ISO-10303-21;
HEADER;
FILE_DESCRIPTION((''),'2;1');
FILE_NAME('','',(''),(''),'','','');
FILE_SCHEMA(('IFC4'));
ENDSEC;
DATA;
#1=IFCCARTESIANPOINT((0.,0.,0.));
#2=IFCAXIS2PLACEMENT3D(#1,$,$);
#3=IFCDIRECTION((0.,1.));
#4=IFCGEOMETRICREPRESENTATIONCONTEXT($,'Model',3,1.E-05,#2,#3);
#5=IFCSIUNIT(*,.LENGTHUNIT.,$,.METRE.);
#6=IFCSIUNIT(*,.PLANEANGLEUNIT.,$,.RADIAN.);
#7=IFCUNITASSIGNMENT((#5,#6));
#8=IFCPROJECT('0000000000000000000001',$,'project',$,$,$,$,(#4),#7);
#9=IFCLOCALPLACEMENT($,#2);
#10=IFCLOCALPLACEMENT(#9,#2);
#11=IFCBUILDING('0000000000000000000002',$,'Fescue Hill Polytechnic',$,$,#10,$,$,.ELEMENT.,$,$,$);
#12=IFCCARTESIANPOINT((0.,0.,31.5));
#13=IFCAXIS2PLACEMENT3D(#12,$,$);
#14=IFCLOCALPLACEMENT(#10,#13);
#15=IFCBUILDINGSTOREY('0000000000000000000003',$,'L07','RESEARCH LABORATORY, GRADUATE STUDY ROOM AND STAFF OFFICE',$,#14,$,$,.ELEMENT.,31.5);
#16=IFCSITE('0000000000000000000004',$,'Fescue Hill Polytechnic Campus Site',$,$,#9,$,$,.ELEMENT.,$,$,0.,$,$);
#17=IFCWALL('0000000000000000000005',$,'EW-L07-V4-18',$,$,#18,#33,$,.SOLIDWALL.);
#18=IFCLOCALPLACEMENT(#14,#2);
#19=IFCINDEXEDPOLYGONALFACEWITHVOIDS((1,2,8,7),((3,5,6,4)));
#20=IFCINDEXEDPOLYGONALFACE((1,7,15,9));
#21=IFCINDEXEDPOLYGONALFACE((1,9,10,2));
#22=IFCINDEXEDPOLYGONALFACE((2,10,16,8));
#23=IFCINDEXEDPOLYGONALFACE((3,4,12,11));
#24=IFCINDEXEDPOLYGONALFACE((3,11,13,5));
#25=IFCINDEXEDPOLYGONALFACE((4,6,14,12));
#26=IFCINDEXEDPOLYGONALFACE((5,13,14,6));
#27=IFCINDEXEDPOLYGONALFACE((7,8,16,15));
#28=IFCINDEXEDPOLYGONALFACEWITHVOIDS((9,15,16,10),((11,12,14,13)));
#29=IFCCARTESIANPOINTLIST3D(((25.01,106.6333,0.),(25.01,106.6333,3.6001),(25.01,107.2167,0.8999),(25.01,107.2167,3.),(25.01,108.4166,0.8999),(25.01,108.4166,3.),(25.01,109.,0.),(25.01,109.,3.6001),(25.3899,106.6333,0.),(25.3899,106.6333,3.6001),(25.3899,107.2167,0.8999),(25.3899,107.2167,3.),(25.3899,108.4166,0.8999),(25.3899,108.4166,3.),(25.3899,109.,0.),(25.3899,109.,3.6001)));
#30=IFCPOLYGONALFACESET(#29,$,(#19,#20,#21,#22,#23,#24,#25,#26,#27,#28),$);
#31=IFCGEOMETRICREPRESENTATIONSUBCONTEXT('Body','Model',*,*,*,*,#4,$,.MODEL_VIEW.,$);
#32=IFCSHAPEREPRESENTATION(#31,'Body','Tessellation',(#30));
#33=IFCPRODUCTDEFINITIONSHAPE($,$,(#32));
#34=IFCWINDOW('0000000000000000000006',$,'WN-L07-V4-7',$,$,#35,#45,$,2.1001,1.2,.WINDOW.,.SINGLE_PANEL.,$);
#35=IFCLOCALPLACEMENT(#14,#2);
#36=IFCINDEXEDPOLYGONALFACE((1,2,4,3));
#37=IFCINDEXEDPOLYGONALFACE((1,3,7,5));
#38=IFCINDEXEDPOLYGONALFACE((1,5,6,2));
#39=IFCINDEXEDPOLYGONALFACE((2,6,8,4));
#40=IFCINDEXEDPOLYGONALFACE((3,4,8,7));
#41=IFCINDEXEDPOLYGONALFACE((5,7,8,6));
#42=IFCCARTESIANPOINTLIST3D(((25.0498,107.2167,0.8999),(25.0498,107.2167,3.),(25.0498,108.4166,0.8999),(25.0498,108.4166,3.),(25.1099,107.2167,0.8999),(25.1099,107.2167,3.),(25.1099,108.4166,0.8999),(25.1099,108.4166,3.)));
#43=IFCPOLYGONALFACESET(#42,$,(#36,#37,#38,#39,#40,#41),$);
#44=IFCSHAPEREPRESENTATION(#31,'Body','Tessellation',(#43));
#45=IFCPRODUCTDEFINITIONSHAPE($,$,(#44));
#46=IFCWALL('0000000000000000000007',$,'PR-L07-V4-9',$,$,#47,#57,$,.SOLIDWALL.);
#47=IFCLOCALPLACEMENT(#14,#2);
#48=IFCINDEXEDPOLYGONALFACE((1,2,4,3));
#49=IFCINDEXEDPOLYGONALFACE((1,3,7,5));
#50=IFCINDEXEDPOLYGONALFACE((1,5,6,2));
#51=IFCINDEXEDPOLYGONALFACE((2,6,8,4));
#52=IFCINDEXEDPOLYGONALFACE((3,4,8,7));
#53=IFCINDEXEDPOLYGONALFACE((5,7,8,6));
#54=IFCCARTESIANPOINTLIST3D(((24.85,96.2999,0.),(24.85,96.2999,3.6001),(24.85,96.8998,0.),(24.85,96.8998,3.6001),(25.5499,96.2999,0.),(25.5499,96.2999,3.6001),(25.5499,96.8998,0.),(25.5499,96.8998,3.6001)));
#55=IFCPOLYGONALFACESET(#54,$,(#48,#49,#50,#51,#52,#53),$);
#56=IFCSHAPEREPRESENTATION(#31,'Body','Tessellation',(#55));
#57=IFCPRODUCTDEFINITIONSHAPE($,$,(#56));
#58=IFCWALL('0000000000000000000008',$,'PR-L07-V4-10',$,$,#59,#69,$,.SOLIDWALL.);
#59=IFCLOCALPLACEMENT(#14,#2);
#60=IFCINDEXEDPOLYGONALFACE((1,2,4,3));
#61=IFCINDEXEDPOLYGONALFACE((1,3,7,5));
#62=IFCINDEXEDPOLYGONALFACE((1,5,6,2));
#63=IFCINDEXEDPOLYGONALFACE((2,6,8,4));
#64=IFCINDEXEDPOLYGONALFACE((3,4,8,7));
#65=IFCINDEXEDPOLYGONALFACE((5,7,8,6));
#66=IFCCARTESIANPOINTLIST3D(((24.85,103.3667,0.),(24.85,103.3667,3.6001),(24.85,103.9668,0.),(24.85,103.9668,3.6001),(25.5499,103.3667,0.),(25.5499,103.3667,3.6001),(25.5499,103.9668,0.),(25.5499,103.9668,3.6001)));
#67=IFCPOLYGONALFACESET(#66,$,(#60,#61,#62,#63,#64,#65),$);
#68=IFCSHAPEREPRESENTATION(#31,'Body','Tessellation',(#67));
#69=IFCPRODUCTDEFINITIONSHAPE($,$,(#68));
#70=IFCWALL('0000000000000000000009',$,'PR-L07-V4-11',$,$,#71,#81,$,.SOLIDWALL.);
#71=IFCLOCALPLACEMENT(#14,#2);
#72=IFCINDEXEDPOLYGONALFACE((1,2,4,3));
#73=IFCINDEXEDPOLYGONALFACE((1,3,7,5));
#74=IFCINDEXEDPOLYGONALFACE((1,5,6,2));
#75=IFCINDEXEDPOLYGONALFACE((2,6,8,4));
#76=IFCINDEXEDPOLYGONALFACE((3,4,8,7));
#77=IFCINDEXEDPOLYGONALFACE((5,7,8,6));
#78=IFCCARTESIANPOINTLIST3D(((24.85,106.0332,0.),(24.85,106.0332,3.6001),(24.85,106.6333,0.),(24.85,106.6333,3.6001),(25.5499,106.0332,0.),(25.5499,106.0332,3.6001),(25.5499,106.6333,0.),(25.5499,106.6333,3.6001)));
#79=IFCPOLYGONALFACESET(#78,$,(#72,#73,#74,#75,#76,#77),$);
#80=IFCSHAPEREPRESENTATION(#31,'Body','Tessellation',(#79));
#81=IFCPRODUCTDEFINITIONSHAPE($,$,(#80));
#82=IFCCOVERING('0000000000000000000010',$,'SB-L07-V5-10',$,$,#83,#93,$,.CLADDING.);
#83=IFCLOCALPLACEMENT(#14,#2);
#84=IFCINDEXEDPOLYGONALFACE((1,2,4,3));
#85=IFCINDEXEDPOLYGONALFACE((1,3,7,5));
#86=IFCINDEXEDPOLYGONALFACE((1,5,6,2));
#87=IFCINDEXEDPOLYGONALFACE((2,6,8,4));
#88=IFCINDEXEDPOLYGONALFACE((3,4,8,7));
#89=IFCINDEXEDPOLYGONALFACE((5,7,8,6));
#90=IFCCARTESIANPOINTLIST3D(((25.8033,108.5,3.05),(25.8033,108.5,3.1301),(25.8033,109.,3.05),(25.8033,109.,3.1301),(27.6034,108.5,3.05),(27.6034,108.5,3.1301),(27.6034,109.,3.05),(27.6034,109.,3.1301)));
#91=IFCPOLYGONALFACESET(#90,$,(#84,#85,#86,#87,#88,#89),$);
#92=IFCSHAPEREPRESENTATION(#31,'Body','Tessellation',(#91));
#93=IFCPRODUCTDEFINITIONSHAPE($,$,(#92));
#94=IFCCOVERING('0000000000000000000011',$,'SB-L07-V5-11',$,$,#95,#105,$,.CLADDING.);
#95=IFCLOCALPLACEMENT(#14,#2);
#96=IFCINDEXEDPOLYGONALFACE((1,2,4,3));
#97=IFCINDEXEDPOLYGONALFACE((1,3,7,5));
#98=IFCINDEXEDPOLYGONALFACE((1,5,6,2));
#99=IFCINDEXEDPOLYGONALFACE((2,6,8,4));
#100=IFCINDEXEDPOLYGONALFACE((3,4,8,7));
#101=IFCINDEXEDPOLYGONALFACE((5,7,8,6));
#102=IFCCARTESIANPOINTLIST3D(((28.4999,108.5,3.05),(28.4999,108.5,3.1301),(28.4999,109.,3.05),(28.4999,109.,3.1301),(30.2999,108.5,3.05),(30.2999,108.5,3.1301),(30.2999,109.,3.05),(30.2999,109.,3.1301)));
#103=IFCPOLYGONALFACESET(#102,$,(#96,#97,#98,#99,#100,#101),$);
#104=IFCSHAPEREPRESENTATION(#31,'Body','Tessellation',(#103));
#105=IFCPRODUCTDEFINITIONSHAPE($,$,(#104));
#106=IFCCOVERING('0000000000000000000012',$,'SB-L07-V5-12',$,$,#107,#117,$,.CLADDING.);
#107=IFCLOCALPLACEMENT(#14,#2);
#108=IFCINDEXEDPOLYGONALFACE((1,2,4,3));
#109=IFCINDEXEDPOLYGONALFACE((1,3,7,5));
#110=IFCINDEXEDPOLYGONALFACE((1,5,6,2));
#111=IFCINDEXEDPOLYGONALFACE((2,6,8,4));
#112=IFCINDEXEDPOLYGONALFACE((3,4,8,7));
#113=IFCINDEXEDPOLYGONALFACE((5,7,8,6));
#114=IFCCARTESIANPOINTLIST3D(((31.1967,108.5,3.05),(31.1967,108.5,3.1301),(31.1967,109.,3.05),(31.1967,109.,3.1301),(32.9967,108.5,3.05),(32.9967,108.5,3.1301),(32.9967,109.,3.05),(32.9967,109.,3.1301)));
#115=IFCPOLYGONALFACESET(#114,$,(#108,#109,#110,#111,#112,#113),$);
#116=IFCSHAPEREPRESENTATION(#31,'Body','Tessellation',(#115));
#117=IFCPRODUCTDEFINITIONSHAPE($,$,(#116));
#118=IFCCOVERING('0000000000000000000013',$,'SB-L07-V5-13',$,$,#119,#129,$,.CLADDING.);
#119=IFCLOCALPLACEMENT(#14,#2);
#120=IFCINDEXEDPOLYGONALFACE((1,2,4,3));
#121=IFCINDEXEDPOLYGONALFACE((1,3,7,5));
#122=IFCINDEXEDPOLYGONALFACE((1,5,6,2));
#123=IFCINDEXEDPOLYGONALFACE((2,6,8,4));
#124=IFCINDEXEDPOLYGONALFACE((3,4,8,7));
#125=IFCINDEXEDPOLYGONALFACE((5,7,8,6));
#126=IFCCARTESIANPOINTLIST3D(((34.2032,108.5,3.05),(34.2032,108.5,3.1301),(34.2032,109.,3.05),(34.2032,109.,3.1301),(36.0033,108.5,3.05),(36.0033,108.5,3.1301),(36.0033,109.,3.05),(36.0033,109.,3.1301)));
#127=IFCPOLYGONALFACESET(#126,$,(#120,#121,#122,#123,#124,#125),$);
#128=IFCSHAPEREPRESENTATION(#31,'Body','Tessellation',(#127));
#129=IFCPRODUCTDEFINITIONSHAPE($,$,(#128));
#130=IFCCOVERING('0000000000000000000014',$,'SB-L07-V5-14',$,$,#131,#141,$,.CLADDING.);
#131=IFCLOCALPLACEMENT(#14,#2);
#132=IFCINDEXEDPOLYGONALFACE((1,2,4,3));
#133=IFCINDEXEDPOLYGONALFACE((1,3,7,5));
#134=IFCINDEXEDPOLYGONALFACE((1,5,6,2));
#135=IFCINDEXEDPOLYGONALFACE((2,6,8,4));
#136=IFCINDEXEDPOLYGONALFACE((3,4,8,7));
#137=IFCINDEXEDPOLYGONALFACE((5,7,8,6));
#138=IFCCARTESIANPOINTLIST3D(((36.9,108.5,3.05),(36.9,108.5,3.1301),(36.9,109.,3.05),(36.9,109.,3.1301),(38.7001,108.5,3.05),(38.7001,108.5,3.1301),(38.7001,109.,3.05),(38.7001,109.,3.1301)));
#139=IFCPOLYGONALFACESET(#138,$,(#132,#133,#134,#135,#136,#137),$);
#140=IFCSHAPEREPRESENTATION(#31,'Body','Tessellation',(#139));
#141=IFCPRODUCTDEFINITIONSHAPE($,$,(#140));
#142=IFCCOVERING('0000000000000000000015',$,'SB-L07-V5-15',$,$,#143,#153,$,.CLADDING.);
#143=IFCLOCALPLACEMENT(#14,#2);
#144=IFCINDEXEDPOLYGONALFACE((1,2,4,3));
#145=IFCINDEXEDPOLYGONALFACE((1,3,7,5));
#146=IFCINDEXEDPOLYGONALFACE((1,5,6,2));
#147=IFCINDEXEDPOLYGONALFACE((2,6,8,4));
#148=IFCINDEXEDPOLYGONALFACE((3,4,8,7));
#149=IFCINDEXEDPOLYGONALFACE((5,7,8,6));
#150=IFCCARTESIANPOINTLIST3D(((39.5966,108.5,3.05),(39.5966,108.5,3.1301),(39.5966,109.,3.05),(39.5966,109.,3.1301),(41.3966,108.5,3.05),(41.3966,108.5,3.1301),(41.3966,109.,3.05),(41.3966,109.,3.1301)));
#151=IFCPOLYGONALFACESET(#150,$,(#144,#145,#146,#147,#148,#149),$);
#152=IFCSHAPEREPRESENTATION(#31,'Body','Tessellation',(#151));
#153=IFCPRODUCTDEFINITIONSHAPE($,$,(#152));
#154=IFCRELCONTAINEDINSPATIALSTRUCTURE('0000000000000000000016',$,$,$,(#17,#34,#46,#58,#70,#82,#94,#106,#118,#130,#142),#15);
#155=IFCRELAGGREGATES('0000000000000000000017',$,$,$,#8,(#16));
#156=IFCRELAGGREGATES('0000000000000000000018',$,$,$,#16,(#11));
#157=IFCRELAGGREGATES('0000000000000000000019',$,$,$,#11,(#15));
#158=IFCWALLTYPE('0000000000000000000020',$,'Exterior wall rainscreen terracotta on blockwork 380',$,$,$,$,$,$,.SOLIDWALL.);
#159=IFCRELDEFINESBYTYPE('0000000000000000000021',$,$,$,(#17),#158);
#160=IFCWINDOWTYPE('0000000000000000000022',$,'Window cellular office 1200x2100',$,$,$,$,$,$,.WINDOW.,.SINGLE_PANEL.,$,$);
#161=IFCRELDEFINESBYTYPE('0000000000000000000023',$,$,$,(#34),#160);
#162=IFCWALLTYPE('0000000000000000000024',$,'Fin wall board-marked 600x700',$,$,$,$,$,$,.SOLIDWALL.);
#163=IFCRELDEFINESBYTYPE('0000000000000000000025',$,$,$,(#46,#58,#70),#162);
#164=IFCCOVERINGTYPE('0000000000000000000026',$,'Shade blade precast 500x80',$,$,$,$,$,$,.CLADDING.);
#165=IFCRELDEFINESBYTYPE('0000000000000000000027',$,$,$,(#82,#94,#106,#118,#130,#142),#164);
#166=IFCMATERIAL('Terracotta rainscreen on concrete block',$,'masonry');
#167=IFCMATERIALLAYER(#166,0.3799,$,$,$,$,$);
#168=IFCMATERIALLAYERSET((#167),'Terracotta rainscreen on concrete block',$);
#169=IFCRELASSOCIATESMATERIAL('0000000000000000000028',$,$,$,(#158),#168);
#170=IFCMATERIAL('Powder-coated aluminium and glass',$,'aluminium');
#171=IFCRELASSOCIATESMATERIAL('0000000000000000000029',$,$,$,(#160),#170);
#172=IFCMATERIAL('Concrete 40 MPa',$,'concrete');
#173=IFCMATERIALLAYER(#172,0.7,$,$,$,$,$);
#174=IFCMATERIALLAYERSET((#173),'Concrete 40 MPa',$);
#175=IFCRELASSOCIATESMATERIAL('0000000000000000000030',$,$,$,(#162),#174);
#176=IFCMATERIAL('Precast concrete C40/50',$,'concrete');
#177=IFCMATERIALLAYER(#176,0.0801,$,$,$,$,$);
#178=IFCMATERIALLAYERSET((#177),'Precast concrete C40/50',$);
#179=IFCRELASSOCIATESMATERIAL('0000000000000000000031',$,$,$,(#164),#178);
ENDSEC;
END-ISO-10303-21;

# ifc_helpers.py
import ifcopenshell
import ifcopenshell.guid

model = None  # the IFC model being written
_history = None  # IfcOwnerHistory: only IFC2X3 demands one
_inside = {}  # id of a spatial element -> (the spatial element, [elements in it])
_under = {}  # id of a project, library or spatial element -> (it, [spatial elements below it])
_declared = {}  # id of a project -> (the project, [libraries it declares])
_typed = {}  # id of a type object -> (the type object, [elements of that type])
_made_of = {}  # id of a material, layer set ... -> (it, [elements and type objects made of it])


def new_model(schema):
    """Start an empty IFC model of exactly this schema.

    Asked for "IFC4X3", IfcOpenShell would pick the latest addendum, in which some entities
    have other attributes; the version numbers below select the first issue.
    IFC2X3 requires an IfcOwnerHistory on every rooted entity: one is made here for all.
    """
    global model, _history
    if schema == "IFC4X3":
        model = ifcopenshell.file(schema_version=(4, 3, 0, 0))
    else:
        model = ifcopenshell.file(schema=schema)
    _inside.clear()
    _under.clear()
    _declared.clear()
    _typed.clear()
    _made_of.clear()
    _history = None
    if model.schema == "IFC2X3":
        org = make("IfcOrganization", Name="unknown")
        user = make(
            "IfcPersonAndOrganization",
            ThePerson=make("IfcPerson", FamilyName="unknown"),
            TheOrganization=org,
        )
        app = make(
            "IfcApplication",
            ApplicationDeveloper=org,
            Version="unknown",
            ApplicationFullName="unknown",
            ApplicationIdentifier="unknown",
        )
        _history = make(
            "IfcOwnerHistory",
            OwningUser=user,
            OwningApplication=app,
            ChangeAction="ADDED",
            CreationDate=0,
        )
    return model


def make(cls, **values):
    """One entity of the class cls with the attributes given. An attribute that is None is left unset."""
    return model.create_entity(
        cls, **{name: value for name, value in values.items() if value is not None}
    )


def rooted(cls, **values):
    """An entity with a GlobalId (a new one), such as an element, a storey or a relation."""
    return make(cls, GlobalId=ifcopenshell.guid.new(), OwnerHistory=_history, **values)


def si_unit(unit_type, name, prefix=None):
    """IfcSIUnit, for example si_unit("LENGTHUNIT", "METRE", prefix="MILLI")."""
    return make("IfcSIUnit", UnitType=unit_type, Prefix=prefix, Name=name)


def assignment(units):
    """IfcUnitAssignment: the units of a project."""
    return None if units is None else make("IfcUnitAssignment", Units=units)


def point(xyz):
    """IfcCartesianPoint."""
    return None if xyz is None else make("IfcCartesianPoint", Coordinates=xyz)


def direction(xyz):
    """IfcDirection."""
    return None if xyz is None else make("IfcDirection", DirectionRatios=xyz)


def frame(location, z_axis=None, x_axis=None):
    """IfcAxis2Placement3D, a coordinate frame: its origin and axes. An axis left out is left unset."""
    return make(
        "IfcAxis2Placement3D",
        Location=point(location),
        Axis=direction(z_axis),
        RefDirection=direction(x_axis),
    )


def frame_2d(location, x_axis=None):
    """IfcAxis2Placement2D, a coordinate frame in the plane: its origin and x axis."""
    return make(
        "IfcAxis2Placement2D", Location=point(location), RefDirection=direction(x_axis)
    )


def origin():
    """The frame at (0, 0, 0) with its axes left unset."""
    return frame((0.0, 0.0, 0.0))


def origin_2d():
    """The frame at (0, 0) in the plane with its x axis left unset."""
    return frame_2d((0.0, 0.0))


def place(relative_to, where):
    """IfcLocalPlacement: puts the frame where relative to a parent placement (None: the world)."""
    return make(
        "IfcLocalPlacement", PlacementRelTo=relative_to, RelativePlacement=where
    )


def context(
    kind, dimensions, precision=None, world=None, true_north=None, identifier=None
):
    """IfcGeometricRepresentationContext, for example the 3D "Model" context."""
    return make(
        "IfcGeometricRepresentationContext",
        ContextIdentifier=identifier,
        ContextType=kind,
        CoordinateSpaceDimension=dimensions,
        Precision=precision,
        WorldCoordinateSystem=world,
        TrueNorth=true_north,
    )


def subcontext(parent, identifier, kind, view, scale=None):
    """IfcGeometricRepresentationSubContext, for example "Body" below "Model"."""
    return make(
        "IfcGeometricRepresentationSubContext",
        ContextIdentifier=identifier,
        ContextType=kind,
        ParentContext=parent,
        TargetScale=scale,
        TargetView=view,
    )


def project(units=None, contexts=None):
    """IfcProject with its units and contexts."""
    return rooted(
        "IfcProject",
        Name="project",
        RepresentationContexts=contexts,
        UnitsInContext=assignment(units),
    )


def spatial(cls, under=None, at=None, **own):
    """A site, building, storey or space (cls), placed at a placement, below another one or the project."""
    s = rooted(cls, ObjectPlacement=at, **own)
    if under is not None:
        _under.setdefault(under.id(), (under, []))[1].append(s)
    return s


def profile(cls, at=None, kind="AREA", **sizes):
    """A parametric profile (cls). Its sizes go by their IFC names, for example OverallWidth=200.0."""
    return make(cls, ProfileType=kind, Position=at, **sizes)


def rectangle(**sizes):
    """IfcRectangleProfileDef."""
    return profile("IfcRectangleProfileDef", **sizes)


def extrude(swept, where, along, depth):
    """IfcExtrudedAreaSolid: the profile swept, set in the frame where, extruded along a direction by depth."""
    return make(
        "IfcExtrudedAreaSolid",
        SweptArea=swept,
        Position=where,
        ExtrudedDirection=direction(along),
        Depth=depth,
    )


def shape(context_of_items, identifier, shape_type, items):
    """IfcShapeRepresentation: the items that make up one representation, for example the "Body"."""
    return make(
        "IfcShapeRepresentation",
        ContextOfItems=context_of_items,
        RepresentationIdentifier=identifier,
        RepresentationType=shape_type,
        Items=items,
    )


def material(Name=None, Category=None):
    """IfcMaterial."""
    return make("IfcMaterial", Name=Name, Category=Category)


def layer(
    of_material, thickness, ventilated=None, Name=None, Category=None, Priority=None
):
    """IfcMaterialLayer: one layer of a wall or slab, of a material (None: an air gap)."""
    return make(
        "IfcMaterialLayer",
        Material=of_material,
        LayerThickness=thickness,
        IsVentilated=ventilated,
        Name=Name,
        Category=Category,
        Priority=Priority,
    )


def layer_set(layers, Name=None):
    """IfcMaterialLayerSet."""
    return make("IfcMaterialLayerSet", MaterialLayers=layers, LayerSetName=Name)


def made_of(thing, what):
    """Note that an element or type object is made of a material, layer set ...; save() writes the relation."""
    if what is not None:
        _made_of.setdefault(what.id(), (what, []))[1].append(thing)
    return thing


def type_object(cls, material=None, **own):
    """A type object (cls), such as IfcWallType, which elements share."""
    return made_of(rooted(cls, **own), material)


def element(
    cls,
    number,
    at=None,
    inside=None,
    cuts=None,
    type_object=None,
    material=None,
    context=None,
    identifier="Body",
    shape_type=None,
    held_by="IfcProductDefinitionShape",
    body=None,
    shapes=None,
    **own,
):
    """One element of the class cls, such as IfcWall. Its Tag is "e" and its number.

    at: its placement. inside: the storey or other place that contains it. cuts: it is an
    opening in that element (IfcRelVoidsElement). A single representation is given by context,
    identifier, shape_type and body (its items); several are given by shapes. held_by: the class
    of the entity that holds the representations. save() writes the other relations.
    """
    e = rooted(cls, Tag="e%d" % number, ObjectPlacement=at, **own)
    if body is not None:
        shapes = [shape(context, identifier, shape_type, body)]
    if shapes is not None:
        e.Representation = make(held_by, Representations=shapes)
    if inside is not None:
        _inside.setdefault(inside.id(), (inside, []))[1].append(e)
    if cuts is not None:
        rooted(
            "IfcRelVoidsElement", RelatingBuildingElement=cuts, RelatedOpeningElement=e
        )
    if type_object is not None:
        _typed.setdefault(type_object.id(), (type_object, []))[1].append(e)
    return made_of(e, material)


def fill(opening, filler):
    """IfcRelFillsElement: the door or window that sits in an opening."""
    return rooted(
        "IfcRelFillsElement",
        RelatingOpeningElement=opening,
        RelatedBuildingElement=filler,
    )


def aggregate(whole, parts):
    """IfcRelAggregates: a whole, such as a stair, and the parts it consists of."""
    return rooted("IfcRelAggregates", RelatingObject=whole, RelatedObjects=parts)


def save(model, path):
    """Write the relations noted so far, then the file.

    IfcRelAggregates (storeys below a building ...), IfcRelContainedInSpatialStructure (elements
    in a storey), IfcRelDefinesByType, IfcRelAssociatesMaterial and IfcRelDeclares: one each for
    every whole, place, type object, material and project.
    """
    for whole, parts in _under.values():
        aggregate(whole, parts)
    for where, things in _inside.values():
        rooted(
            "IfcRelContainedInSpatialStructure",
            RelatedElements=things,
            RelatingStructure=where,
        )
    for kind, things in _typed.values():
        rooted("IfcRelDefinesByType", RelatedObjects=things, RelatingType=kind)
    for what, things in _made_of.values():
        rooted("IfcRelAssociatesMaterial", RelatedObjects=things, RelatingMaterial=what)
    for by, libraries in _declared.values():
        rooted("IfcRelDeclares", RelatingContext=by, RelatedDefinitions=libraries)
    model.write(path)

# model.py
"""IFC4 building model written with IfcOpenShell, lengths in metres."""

from ifc_helpers import new_model, si_unit, direction, frame, frame_2d, origin, origin_2d, place, context, subcontext, project, spatial, rectangle, extrude, material, layer, layer_set, type_object, element, fill, save


model = new_model("IFC4")

# Units and contexts
model_context = context("Model", 3, precision=1e-05, world=origin(), true_north=direction((0.0, 1.0)))
body_context = subcontext(model_context, "Body", "Model", "MODEL_VIEW")
ifc_project = project(units=[si_unit("LENGTHUNIT", "METRE"), si_unit("PLANEANGLEUNIT", "RADIAN")], contexts=[model_context])

# Site, building, storey
site_placement = place(None, origin())
site = spatial("IfcSite", under=ifc_project, at=site_placement, Name="Fescue Hill Polytechnic Campus Site", CompositionType="ELEMENT", RefElevation=0.0)
building_placement = place(site_placement, origin())
building = spatial("IfcBuilding", under=site, at=building_placement, Name="Fescue Hill Polytechnic", CompositionType="ELEMENT")
storey_placement = place(building_placement, frame((0.0, 0.0, 31.5)))
storey = spatial("IfcBuildingStorey", under=building, at=storey_placement, Name="L07", Description="RESEARCH LABORATORY, GRADUATE STUDY ROOM AND STAFF OFFICE", CompositionType="ELEMENT", Elevation=31.5)

# Shared definitions
ifc_material_1 = material(Name="Concrete 40 MPa", Category="concrete")

# Shared definitions
ifc_material_2 = material(Name="Terracotta rainscreen on concrete block", Category="masonry")
ifc_layer_1 = layer(ifc_material_2, 0.3799)
ifc_layer_set_1 = layer_set([ifc_layer_1], Name="Terracotta rainscreen on concrete block")
wall_type_1 = type_object("IfcWallType", Name="Exterior wall rainscreen terracotta on blockwork 380", PredefinedType="SOLIDWALL", material=ifc_layer_set_1)
ifc_material_3 = material(Name="Powder-coated aluminium and glass", Category="aluminium")
window_type_1 = type_object("IfcWindowType", Name="Window cellular office 1200x2100", PartitioningType="SINGLE_PANEL", PredefinedType="WINDOW", material=ifc_material_3)

# Wall, opening, window
wall_1_placement = place(storey_placement, frame((25.2, 106.6333, 0.0), z_axis=(0.0, 0.0, 1.0), x_axis=(0.0, 1.0, 0.0)))
wall_1 = element("IfcWall", 1, at=wall_1_placement, inside=storey, type_object=wall_type_1, Name="EW-L07-V4-18", PredefinedType="SOLIDWALL", context=body_context, shape_type="SweptSolid", body=[
    extrude(rectangle(XDim=2.3667, YDim=0.3799, at=frame_2d((1.1833, 0.0))), origin(), (0.0, 0.0, 1.0), 3.6001),
])
opening_1_placement = place(wall_1_placement, frame((0.5833, 0.0, 0.8999)))
opening_1 = element("IfcOpeningElement", 2, at=opening_1_placement, cuts=wall_1, PredefinedType="OPENING", context=body_context, shape_type="SweptSolid", body=[
    extrude(rectangle(XDim=1.2, YDim=2.1001, at=frame_2d((0.6001, 1.05))), frame((0.0, 0.2, 0.0), z_axis=(0.0, -1.0, 0.0), x_axis=(1.0, 0.0, 0.0)), (0.0, 0.0, 1.0), 0.3999),
])
window_1_placement = place(opening_1_placement, origin())
window_1 = element("IfcWindow", 3, at=window_1_placement, inside=storey, type_object=window_type_1, Name="WN-L07-V4-7", OverallHeight=2.1001, OverallWidth=1.2, PartitioningType="SINGLE_PANEL", PredefinedType="WINDOW", context=body_context, shape_type="SweptSolid", body=[
    extrude(rectangle(XDim=1.2, YDim=2.1001, at=frame_2d((0.6001, 1.05))), frame((0.0, 0.1501, 0.0), z_axis=(0.0, -1.0, 0.0), x_axis=(1.0, 0.0, 0.0)), (0.0, 0.0, 1.0), 0.0601),
])
fill(opening_1, window_1)

# Walls
ifc_layer_2 = layer(ifc_material_1, 0.7)
ifc_layer_set_2 = layer_set([ifc_layer_2], Name="Concrete 40 MPa")
wall_type_2 = type_object("IfcWallType", Name="Fin wall board-marked 600x700", PredefinedType="SOLIDWALL", material=ifc_layer_set_2)
wall_2_placement = place(storey_placement, frame((25.2, 96.3, 0.0), z_axis=(0.0, 0.0, 1.0), x_axis=(0.0, 1.0, 0.0)))
element("IfcWall", 4, at=wall_2_placement, inside=storey, type_object=wall_type_2, Name="PR-L07-V4-9", PredefinedType="SOLIDWALL", context=body_context, shape_type="SweptSolid", body=[
    extrude(rectangle(XDim=0.5999, YDim=0.7, at=frame_2d((0.2998, 0.0))), origin(), (0.0, 0.0, 1.0), 3.6001),
])
for number, where, z_axis, x_axis, name in (
    (5, (25.2, 103.3667, 0.0), (0.0, 0.0, 1.0), (0.0, 1.0, 0.0), "PR-L07-V4-10"),
    (6, (25.2, 106.0332, 0.0), (0.0, 0.0, 1.0), (0.0, 1.0, 0.0), "PR-L07-V4-11"),
):
    element("IfcWall", number, at=place(storey_placement, frame(where, z_axis=z_axis, x_axis=x_axis)), inside=storey, type_object=wall_type_2, Name=name, PredefinedType="SOLIDWALL", context=body_context, shape_type="SweptSolid", body=[
        extrude(rectangle(XDim=0.6001, YDim=0.7, at=frame_2d((0.3, 0.0))), origin(), (0.0, 0.0, 1.0), 3.6001),
    ])

# Coverings
ifc_material_4 = material(Name="Precast concrete C40/50", Category="concrete")
ifc_layer_3 = layer(ifc_material_4, 0.0801)
ifc_layer_set_3 = layer_set([ifc_layer_3], Name="Precast concrete C40/50")
covering_type = type_object("IfcCoveringType", Name="Shade blade precast 500x80", PredefinedType="CLADDING", material=ifc_layer_set_3)
for number, where, z_axis, x_axis, name in (
    (7, (26.7034, 108.75, 3.05), (0.0, 0.0, 1.0), (1.0, 0.0, 0.0), "SB-L07-V5-10"),
    (8, (29.3999, 108.75, 3.05), (0.0, 0.0, 1.0), (1.0, 0.0, 0.0), "SB-L07-V5-11"),
    (9, (32.0967, 108.75, 3.05), (0.0, 0.0, 1.0), (1.0, 0.0, 0.0), "SB-L07-V5-12"),
    (10, (35.1033, 108.75, 3.05), (0.0, 0.0, 1.0), (1.0, 0.0, 0.0), "SB-L07-V5-13"),
    (11, (37.8, 108.75, 3.05), (0.0, 0.0, 1.0), (1.0, 0.0, 0.0), "SB-L07-V5-14"),
    (12, (40.4966, 108.75, 3.05), (0.0, 0.0, 1.0), (1.0, 0.0, 0.0), "SB-L07-V5-15"),
):
    element("IfcCovering", number, at=place(storey_placement, frame(where, z_axis=z_axis, x_axis=x_axis)), inside=storey, type_object=covering_type, Name=name, PredefinedType="CLADDING", context=body_context, shape_type="SweptSolid", body=[
        extrude(rectangle(XDim=1.8, YDim=0.5, at=origin_2d()), origin(), (0.0, 0.0, 1.0), 0.0801),
    ])

save(model, "model.ifc")
